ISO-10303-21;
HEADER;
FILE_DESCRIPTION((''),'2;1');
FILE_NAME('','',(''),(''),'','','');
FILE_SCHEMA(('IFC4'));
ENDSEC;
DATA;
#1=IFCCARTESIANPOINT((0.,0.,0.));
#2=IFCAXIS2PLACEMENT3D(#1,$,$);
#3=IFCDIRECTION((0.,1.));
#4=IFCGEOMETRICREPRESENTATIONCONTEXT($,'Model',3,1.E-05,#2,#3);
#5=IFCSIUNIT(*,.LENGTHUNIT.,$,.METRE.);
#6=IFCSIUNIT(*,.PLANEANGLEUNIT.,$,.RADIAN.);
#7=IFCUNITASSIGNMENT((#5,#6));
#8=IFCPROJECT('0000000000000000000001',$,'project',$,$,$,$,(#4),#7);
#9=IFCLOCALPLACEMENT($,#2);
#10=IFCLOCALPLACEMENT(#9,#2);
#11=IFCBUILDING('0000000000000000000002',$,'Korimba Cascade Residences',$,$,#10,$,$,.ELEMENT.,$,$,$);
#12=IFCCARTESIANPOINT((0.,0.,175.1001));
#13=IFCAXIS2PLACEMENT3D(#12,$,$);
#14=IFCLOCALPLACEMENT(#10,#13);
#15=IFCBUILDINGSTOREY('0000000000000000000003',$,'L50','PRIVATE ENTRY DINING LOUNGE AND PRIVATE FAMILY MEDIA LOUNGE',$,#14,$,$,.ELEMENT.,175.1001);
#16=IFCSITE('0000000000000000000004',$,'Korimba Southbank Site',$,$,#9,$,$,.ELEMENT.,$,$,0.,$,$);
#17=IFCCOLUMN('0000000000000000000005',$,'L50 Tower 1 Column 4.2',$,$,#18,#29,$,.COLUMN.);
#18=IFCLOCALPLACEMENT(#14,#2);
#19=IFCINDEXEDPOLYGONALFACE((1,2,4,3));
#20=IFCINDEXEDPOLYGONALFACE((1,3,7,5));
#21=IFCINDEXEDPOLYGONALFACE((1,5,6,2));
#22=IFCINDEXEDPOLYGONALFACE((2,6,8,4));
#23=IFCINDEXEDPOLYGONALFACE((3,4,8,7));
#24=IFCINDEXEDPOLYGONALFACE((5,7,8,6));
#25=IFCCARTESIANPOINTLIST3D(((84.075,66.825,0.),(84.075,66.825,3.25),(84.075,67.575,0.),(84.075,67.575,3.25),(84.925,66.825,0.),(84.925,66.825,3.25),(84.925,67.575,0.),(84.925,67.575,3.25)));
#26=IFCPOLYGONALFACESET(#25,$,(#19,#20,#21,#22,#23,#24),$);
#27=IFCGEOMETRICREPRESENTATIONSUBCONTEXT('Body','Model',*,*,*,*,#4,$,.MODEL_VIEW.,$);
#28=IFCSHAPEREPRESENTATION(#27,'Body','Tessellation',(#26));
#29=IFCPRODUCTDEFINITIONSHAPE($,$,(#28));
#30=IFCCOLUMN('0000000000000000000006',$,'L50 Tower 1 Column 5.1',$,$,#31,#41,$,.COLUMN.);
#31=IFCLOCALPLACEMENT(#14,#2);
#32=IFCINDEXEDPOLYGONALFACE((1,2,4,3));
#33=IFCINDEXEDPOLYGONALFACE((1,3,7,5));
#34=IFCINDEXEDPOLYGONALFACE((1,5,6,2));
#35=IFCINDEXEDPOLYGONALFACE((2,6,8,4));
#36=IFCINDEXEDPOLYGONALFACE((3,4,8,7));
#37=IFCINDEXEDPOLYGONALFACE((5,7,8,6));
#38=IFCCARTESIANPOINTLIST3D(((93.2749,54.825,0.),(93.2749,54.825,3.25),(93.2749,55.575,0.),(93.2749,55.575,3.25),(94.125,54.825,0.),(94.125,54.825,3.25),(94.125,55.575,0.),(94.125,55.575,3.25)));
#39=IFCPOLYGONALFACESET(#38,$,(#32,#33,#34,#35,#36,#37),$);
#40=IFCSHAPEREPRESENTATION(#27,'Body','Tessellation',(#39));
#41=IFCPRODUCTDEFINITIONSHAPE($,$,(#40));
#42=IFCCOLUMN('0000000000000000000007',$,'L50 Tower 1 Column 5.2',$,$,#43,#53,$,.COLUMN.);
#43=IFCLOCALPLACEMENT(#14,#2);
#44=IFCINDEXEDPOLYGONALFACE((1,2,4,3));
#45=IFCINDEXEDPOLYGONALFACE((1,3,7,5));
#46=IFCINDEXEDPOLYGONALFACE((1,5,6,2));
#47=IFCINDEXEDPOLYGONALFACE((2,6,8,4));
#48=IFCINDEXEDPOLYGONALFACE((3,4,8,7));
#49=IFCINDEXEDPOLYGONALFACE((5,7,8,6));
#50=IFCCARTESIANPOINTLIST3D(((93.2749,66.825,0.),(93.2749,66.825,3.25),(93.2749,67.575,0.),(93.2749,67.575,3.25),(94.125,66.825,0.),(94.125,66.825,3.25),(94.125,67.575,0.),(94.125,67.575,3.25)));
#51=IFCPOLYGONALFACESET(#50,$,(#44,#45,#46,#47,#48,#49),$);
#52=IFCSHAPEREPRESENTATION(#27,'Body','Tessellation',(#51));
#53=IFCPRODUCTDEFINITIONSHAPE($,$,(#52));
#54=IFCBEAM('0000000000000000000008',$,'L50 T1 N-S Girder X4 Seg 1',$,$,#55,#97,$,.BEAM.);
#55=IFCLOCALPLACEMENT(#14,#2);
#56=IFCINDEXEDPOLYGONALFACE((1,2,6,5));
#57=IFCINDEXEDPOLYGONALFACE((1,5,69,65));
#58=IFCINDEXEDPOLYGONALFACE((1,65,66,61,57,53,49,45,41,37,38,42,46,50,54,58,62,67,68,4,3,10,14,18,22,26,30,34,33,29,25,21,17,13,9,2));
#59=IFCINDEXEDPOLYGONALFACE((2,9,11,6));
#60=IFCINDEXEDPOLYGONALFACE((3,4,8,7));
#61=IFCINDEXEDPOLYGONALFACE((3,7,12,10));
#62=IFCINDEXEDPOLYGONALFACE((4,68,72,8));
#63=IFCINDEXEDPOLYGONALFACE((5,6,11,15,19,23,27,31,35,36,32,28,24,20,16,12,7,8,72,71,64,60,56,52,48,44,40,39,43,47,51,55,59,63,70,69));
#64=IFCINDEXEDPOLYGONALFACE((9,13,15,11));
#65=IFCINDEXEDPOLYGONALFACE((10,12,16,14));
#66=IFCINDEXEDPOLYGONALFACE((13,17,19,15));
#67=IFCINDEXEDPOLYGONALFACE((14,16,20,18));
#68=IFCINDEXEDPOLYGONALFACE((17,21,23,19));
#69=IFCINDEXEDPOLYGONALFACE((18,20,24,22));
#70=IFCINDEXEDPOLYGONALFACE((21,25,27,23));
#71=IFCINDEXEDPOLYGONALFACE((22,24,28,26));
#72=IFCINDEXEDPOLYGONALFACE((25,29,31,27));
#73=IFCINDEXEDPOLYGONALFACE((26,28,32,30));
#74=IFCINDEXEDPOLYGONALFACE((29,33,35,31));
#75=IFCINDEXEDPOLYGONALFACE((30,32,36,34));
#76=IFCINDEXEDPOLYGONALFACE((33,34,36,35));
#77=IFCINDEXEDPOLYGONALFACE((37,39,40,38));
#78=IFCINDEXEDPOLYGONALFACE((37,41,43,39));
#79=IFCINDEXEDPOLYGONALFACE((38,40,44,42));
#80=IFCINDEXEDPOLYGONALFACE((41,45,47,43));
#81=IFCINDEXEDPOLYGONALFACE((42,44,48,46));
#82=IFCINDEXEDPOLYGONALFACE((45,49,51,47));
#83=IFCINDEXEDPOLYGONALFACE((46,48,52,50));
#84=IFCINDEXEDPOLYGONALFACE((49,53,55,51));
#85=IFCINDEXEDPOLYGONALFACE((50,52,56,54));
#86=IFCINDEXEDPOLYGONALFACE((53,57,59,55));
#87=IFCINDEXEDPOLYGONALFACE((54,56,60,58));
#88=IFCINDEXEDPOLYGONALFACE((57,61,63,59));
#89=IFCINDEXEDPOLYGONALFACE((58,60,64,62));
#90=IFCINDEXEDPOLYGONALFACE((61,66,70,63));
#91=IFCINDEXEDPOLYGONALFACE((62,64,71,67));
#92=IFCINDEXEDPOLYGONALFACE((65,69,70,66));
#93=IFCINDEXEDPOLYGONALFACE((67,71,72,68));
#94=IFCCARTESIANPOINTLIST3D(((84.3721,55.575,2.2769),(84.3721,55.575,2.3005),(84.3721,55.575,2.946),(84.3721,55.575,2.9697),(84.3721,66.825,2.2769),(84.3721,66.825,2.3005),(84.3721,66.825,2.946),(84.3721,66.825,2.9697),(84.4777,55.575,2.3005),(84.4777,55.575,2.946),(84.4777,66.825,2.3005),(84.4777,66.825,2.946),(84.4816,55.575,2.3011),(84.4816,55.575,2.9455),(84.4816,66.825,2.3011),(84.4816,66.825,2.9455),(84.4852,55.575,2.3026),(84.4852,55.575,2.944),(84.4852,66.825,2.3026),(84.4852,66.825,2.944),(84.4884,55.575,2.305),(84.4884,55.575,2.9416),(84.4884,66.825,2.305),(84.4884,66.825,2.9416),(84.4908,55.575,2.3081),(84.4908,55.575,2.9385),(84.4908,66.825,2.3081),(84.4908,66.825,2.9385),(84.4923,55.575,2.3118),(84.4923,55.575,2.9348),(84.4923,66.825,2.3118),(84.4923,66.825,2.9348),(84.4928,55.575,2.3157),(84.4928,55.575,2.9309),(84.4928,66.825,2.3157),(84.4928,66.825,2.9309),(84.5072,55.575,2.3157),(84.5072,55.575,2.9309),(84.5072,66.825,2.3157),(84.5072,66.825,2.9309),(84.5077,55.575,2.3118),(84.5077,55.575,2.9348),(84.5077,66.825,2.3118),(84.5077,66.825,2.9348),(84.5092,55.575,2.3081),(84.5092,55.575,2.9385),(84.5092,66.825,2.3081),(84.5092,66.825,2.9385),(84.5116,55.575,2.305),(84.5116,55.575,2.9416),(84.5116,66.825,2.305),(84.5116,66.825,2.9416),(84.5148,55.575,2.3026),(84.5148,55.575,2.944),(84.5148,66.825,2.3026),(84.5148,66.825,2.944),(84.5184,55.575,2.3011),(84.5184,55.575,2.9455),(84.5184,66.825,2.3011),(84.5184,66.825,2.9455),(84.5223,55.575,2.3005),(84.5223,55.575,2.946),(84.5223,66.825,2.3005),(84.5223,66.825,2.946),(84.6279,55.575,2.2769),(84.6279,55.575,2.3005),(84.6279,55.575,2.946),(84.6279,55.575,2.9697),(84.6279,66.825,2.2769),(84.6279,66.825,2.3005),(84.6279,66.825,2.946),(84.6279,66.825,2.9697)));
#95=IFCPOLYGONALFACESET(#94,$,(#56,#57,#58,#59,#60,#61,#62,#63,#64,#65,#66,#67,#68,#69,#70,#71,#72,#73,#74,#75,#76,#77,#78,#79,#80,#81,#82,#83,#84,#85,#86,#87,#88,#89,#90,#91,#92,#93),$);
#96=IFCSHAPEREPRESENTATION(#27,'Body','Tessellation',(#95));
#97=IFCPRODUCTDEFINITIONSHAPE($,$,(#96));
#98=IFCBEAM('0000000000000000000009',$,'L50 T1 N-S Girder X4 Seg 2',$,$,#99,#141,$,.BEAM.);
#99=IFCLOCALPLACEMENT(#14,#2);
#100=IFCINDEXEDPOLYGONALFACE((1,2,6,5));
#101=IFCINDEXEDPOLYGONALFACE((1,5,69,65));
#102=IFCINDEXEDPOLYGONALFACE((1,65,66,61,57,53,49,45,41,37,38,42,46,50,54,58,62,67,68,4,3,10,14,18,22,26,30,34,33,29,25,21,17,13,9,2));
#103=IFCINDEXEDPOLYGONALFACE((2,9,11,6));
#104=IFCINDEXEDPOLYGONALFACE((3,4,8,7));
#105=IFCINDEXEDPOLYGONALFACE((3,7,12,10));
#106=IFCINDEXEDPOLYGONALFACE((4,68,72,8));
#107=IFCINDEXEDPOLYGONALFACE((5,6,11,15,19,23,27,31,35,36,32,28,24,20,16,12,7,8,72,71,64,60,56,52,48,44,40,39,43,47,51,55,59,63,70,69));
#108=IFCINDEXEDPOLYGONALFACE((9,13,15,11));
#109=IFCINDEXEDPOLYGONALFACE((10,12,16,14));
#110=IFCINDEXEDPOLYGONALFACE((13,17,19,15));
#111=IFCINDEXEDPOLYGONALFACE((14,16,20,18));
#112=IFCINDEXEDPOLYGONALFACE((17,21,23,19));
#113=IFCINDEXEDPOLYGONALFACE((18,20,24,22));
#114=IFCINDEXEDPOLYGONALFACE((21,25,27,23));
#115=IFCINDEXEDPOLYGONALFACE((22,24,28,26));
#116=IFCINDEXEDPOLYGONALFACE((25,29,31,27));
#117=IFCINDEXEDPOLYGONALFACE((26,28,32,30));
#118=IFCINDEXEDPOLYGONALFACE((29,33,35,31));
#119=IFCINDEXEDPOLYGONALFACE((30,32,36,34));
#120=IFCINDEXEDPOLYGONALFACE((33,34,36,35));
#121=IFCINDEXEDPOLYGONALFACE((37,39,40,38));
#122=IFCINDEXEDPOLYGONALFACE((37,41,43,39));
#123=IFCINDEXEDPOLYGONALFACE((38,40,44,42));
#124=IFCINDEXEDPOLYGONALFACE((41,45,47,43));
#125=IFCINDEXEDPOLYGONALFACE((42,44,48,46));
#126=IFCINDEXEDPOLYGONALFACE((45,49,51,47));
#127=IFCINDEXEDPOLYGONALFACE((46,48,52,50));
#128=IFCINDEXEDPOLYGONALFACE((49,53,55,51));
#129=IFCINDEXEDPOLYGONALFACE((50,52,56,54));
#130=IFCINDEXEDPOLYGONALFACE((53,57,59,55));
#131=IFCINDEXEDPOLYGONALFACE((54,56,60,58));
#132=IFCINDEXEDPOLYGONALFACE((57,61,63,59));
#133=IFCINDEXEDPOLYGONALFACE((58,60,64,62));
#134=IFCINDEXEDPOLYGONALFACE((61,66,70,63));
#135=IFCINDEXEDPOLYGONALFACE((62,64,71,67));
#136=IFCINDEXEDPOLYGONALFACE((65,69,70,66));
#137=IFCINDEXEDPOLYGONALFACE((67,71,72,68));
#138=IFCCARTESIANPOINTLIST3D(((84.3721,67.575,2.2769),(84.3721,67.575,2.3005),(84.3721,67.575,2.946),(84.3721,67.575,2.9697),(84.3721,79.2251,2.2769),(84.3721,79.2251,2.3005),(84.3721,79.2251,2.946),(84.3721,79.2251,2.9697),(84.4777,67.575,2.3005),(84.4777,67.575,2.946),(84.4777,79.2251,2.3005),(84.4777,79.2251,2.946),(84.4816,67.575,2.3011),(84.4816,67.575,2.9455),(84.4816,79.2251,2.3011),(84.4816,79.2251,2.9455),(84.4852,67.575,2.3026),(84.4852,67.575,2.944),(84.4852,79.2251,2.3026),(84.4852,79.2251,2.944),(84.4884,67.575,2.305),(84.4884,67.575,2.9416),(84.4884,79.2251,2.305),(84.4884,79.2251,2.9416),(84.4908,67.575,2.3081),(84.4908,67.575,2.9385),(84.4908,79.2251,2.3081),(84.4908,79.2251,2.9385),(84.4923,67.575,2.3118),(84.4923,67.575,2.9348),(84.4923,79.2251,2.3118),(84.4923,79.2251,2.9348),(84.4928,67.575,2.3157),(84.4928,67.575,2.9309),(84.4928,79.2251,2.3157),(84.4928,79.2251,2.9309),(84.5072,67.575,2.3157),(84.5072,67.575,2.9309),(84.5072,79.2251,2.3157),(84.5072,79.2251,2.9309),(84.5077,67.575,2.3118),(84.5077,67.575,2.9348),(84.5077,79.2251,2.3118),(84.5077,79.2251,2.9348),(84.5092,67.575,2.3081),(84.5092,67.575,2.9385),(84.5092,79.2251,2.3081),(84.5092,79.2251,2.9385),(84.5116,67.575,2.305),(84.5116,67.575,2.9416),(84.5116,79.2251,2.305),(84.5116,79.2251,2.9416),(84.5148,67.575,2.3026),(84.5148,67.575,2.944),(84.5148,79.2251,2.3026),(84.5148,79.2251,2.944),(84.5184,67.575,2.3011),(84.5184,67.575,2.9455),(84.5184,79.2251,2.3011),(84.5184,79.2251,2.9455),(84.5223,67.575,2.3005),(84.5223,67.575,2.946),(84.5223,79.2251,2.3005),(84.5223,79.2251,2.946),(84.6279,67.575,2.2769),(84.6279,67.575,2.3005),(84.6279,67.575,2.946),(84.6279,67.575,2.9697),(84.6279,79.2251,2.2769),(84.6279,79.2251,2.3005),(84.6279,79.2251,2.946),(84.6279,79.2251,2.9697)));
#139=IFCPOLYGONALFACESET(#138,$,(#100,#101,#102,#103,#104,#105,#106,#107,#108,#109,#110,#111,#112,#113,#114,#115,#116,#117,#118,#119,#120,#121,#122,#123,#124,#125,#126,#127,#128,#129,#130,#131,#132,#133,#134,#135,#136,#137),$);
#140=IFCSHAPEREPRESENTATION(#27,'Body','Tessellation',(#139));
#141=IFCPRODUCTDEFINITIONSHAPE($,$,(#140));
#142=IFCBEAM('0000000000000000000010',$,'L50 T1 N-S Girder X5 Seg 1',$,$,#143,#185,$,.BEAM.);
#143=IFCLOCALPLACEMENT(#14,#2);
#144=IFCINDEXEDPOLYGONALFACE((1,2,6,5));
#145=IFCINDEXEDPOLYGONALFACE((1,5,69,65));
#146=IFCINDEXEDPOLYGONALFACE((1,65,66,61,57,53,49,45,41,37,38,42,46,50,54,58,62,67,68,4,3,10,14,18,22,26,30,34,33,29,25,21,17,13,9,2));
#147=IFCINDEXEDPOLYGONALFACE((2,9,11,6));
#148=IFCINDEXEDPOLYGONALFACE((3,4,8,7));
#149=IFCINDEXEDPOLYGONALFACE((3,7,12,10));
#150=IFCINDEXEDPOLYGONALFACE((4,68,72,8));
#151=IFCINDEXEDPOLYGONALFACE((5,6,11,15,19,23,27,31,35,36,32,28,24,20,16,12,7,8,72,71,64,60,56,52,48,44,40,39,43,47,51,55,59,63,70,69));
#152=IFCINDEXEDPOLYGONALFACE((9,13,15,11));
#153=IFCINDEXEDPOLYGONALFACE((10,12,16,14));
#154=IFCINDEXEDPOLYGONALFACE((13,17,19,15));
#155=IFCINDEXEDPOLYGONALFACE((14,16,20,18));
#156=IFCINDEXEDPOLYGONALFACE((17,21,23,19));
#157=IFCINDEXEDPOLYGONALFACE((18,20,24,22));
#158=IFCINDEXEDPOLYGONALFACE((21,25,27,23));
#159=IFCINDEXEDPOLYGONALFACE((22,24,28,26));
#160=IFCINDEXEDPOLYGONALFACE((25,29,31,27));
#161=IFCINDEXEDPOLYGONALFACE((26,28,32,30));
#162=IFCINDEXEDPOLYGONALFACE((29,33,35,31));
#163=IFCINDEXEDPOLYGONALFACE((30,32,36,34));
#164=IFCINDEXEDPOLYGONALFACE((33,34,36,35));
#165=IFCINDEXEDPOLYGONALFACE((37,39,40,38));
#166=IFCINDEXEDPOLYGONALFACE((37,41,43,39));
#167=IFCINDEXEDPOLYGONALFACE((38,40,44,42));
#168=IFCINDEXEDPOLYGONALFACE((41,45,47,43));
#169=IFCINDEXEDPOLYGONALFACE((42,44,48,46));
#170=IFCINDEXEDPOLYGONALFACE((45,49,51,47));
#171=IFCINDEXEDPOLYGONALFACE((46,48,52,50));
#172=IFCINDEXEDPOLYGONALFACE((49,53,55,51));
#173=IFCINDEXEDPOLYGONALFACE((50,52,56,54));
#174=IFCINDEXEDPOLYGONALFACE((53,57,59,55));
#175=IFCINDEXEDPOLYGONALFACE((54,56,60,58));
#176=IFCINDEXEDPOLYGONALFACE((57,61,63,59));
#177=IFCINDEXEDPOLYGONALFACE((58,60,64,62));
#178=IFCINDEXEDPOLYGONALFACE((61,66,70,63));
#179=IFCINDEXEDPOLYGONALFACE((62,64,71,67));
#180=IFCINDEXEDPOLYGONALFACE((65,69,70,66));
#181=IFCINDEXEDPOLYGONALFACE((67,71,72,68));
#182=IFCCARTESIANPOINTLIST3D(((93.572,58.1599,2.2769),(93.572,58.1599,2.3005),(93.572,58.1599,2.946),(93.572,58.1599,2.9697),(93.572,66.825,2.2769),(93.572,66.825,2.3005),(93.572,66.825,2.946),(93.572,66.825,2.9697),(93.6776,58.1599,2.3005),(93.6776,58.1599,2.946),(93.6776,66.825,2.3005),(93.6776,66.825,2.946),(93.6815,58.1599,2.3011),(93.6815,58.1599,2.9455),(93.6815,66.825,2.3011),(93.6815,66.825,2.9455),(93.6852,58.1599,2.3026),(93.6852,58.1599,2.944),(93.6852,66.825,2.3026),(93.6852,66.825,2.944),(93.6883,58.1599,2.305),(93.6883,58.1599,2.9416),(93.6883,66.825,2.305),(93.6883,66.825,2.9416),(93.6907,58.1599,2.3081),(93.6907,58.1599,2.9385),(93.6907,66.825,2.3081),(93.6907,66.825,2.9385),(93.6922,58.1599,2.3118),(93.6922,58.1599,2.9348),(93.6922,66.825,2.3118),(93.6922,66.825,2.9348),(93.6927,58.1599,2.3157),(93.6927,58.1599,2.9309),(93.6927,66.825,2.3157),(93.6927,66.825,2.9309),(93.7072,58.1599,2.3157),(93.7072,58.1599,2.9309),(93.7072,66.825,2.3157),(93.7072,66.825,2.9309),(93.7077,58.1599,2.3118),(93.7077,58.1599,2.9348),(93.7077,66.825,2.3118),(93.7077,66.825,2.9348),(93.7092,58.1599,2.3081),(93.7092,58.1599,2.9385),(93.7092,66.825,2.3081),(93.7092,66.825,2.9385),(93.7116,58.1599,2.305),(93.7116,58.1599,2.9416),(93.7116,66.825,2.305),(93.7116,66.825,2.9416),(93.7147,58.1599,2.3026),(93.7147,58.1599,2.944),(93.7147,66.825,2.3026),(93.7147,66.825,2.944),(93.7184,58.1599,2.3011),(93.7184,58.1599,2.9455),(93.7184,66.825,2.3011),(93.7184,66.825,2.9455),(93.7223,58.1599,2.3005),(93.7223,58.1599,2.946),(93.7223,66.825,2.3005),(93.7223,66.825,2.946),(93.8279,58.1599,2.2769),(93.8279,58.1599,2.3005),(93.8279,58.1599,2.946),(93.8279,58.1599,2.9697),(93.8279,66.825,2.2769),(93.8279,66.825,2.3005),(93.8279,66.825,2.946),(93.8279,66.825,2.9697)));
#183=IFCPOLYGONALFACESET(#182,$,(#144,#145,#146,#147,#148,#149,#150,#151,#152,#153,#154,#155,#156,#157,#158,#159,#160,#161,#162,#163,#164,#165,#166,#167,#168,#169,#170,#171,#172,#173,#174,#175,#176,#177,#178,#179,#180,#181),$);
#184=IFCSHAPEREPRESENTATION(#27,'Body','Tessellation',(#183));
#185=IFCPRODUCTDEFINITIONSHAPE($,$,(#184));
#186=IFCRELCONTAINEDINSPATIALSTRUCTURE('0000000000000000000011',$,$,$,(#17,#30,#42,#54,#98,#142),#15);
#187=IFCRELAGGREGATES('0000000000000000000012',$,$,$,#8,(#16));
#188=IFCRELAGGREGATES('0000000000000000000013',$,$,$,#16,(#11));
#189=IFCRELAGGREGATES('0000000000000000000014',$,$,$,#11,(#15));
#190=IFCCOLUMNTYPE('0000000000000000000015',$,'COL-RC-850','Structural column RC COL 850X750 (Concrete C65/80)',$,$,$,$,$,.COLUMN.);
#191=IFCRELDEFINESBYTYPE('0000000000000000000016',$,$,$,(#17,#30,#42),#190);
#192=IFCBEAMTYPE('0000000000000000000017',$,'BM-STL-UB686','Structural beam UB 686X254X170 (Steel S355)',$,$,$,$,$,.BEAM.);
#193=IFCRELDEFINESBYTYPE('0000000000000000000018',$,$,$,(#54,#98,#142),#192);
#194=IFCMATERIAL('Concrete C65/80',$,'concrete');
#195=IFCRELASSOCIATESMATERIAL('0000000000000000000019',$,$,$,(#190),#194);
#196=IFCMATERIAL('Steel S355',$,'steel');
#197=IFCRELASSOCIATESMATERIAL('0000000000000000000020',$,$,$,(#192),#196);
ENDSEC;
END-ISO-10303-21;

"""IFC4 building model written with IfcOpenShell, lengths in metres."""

from ifc_helpers import new_model, si_unit, direction, frame, origin, origin_2d, place, context, subcontext, project, spatial, rectangle, i_section, extrude, material, material_profile, profile_set, type_object, element, save


model = new_model("IFC4")

# Units and contexts
model_context = context("Model", 3, precision=1e-05, world=origin(), true_north=direction((0.0, 1.0)))
body_context = subcontext(model_context, "Body", "Model", "MODEL_VIEW")
ifc_project = project(units=[si_unit("LENGTHUNIT", "METRE"), si_unit("PLANEANGLEUNIT", "RADIAN")], contexts=[model_context])

# Site, building, storey
site_placement = place(None, origin())
site = spatial("IfcSite", under=ifc_project, at=site_placement, Name="Korimba Southbank Site", CompositionType="ELEMENT", RefElevation=0.0)
building_placement = place(site_placement, origin())
building = spatial("IfcBuilding", under=site, at=building_placement, Name="Korimba Cascade Residences", CompositionType="ELEMENT")
storey_placement = place(building_placement, frame((0.0, 0.0, 175.1001)))
storey = spatial("IfcBuildingStorey", under=building, at=storey_placement, Name="L50", Description="PRIVATE ENTRY DINING LOUNGE AND PRIVATE FAMILY MEDIA LOUNGE", CompositionType="ELEMENT", Elevation=175.1001)

# Columns
ifc_material_1 = material(Name="Concrete C65/80", Category="concrete")
ifc_material_profile_1 = material_profile(ifc_material_1, rectangle(XDim=0.8501, YDim=0.75, at=origin_2d()), Name="Concrete C65/80")
ifc_profile_set_1 = profile_set([ifc_material_profile_1], Name="Concrete C65/80")
column_type = type_object("IfcColumnType", Name="COL-RC-850", Description="Structural column RC COL 850X750 (Concrete C65/80)", PredefinedType="COLUMN", material=ifc_profile_set_1)
for number, where, z_axis, x_axis, name in (
    (1, (84.5, 67.2, 0.0), (0.0, 0.0, 1.0), (1.0, 0.0, 0.0), "L50 Tower 1 Column 4.2"),
    (2, (93.7, 55.2, 0.0), (0.0, 0.0, 1.0), (1.0, 0.0, 0.0), "L50 Tower 1 Column 5.1"),
    (3, (93.7, 67.2, 0.0), (0.0, 0.0, 1.0), (1.0, 0.0, 0.0), "L50 Tower 1 Column 5.2"),
):
    element("IfcColumn", number, at=place(storey_placement, frame(where, z_axis=z_axis, x_axis=x_axis)), inside=storey, type_object=column_type, Name=name, PredefinedType="COLUMN", context=body_context, shape_type="SweptSolid", body=[
        extrude(rectangle(XDim=0.8501, YDim=0.75, at=origin_2d()), origin(), (0.0, 0.0, 1.0), 3.25),
    ])

# Beams
ifc_material_2 = material(Name="Steel S355", Category="steel")
ifc_material_profile_2 = material_profile(ifc_material_2, i_section(OverallWidth=0.2559, OverallDepth=0.6929, WebThickness=0.0144, FlangeThickness=0.0237, FilletRadius=0.0151, at=origin_2d()), Name="Steel S355")
ifc_profile_set_2 = profile_set([ifc_material_profile_2], Name="Steel S355")
beam_type = type_object("IfcBeamType", Name="BM-STL-UB686", Description="Structural beam UB 686X254X170 (Steel S355)", PredefinedType="BEAM", material=ifc_profile_set_2)
beam_1_placement = place(storey_placement, frame((84.5, 55.575, 2.6233), z_axis=(0.0, 1.0, 0.0), x_axis=(-1.0, 0.0, 0.0)))
element("IfcBeam", 4, at=beam_1_placement, inside=storey, type_object=beam_type, Name="L50 T1 N-S Girder X4 Seg 1", PredefinedType="BEAM", context=body_context, shape_type="SweptSolid", body=[
    extrude(i_section(OverallWidth=0.2559, OverallDepth=0.6929, WebThickness=0.0144, FlangeThickness=0.0237, FilletRadius=0.0151, at=origin_2d()), origin(), (0.0, 0.0, 1.0), 11.25),
])
beam_2_placement = place(storey_placement, frame((84.5, 67.575, 2.6233), z_axis=(0.0, 1.0, 0.0), x_axis=(-1.0, 0.0, 0.0)))
element("IfcBeam", 5, at=beam_2_placement, inside=storey, type_object=beam_type, Name="L50 T1 N-S Girder X4 Seg 2", PredefinedType="BEAM", context=body_context, shape_type="SweptSolid", body=[
    extrude(i_section(OverallWidth=0.2559, OverallDepth=0.6929, WebThickness=0.0144, FlangeThickness=0.0237, FilletRadius=0.0151, at=origin_2d()), origin(), (0.0, 0.0, 1.0), 11.6501),
])
beam_3_placement = place(storey_placement, frame((93.7, 58.1599, 2.6233), z_axis=(0.0, 1.0, 0.0), x_axis=(-1.0, 0.0, 0.0)))
element("IfcBeam", 6, at=beam_3_placement, inside=storey, type_object=beam_type, Name="L50 T1 N-S Girder X5 Seg 1", PredefinedType="BEAM", context=body_context, shape_type="SweptSolid", body=[
    extrude(i_section(OverallWidth=0.2559, OverallDepth=0.6929, WebThickness=0.0144, FlangeThickness=0.0237, FilletRadius=0.0151, at=origin_2d()), origin(), (0.0, 0.0, 1.0), 8.665),
])

save(model, "model.ifc")
